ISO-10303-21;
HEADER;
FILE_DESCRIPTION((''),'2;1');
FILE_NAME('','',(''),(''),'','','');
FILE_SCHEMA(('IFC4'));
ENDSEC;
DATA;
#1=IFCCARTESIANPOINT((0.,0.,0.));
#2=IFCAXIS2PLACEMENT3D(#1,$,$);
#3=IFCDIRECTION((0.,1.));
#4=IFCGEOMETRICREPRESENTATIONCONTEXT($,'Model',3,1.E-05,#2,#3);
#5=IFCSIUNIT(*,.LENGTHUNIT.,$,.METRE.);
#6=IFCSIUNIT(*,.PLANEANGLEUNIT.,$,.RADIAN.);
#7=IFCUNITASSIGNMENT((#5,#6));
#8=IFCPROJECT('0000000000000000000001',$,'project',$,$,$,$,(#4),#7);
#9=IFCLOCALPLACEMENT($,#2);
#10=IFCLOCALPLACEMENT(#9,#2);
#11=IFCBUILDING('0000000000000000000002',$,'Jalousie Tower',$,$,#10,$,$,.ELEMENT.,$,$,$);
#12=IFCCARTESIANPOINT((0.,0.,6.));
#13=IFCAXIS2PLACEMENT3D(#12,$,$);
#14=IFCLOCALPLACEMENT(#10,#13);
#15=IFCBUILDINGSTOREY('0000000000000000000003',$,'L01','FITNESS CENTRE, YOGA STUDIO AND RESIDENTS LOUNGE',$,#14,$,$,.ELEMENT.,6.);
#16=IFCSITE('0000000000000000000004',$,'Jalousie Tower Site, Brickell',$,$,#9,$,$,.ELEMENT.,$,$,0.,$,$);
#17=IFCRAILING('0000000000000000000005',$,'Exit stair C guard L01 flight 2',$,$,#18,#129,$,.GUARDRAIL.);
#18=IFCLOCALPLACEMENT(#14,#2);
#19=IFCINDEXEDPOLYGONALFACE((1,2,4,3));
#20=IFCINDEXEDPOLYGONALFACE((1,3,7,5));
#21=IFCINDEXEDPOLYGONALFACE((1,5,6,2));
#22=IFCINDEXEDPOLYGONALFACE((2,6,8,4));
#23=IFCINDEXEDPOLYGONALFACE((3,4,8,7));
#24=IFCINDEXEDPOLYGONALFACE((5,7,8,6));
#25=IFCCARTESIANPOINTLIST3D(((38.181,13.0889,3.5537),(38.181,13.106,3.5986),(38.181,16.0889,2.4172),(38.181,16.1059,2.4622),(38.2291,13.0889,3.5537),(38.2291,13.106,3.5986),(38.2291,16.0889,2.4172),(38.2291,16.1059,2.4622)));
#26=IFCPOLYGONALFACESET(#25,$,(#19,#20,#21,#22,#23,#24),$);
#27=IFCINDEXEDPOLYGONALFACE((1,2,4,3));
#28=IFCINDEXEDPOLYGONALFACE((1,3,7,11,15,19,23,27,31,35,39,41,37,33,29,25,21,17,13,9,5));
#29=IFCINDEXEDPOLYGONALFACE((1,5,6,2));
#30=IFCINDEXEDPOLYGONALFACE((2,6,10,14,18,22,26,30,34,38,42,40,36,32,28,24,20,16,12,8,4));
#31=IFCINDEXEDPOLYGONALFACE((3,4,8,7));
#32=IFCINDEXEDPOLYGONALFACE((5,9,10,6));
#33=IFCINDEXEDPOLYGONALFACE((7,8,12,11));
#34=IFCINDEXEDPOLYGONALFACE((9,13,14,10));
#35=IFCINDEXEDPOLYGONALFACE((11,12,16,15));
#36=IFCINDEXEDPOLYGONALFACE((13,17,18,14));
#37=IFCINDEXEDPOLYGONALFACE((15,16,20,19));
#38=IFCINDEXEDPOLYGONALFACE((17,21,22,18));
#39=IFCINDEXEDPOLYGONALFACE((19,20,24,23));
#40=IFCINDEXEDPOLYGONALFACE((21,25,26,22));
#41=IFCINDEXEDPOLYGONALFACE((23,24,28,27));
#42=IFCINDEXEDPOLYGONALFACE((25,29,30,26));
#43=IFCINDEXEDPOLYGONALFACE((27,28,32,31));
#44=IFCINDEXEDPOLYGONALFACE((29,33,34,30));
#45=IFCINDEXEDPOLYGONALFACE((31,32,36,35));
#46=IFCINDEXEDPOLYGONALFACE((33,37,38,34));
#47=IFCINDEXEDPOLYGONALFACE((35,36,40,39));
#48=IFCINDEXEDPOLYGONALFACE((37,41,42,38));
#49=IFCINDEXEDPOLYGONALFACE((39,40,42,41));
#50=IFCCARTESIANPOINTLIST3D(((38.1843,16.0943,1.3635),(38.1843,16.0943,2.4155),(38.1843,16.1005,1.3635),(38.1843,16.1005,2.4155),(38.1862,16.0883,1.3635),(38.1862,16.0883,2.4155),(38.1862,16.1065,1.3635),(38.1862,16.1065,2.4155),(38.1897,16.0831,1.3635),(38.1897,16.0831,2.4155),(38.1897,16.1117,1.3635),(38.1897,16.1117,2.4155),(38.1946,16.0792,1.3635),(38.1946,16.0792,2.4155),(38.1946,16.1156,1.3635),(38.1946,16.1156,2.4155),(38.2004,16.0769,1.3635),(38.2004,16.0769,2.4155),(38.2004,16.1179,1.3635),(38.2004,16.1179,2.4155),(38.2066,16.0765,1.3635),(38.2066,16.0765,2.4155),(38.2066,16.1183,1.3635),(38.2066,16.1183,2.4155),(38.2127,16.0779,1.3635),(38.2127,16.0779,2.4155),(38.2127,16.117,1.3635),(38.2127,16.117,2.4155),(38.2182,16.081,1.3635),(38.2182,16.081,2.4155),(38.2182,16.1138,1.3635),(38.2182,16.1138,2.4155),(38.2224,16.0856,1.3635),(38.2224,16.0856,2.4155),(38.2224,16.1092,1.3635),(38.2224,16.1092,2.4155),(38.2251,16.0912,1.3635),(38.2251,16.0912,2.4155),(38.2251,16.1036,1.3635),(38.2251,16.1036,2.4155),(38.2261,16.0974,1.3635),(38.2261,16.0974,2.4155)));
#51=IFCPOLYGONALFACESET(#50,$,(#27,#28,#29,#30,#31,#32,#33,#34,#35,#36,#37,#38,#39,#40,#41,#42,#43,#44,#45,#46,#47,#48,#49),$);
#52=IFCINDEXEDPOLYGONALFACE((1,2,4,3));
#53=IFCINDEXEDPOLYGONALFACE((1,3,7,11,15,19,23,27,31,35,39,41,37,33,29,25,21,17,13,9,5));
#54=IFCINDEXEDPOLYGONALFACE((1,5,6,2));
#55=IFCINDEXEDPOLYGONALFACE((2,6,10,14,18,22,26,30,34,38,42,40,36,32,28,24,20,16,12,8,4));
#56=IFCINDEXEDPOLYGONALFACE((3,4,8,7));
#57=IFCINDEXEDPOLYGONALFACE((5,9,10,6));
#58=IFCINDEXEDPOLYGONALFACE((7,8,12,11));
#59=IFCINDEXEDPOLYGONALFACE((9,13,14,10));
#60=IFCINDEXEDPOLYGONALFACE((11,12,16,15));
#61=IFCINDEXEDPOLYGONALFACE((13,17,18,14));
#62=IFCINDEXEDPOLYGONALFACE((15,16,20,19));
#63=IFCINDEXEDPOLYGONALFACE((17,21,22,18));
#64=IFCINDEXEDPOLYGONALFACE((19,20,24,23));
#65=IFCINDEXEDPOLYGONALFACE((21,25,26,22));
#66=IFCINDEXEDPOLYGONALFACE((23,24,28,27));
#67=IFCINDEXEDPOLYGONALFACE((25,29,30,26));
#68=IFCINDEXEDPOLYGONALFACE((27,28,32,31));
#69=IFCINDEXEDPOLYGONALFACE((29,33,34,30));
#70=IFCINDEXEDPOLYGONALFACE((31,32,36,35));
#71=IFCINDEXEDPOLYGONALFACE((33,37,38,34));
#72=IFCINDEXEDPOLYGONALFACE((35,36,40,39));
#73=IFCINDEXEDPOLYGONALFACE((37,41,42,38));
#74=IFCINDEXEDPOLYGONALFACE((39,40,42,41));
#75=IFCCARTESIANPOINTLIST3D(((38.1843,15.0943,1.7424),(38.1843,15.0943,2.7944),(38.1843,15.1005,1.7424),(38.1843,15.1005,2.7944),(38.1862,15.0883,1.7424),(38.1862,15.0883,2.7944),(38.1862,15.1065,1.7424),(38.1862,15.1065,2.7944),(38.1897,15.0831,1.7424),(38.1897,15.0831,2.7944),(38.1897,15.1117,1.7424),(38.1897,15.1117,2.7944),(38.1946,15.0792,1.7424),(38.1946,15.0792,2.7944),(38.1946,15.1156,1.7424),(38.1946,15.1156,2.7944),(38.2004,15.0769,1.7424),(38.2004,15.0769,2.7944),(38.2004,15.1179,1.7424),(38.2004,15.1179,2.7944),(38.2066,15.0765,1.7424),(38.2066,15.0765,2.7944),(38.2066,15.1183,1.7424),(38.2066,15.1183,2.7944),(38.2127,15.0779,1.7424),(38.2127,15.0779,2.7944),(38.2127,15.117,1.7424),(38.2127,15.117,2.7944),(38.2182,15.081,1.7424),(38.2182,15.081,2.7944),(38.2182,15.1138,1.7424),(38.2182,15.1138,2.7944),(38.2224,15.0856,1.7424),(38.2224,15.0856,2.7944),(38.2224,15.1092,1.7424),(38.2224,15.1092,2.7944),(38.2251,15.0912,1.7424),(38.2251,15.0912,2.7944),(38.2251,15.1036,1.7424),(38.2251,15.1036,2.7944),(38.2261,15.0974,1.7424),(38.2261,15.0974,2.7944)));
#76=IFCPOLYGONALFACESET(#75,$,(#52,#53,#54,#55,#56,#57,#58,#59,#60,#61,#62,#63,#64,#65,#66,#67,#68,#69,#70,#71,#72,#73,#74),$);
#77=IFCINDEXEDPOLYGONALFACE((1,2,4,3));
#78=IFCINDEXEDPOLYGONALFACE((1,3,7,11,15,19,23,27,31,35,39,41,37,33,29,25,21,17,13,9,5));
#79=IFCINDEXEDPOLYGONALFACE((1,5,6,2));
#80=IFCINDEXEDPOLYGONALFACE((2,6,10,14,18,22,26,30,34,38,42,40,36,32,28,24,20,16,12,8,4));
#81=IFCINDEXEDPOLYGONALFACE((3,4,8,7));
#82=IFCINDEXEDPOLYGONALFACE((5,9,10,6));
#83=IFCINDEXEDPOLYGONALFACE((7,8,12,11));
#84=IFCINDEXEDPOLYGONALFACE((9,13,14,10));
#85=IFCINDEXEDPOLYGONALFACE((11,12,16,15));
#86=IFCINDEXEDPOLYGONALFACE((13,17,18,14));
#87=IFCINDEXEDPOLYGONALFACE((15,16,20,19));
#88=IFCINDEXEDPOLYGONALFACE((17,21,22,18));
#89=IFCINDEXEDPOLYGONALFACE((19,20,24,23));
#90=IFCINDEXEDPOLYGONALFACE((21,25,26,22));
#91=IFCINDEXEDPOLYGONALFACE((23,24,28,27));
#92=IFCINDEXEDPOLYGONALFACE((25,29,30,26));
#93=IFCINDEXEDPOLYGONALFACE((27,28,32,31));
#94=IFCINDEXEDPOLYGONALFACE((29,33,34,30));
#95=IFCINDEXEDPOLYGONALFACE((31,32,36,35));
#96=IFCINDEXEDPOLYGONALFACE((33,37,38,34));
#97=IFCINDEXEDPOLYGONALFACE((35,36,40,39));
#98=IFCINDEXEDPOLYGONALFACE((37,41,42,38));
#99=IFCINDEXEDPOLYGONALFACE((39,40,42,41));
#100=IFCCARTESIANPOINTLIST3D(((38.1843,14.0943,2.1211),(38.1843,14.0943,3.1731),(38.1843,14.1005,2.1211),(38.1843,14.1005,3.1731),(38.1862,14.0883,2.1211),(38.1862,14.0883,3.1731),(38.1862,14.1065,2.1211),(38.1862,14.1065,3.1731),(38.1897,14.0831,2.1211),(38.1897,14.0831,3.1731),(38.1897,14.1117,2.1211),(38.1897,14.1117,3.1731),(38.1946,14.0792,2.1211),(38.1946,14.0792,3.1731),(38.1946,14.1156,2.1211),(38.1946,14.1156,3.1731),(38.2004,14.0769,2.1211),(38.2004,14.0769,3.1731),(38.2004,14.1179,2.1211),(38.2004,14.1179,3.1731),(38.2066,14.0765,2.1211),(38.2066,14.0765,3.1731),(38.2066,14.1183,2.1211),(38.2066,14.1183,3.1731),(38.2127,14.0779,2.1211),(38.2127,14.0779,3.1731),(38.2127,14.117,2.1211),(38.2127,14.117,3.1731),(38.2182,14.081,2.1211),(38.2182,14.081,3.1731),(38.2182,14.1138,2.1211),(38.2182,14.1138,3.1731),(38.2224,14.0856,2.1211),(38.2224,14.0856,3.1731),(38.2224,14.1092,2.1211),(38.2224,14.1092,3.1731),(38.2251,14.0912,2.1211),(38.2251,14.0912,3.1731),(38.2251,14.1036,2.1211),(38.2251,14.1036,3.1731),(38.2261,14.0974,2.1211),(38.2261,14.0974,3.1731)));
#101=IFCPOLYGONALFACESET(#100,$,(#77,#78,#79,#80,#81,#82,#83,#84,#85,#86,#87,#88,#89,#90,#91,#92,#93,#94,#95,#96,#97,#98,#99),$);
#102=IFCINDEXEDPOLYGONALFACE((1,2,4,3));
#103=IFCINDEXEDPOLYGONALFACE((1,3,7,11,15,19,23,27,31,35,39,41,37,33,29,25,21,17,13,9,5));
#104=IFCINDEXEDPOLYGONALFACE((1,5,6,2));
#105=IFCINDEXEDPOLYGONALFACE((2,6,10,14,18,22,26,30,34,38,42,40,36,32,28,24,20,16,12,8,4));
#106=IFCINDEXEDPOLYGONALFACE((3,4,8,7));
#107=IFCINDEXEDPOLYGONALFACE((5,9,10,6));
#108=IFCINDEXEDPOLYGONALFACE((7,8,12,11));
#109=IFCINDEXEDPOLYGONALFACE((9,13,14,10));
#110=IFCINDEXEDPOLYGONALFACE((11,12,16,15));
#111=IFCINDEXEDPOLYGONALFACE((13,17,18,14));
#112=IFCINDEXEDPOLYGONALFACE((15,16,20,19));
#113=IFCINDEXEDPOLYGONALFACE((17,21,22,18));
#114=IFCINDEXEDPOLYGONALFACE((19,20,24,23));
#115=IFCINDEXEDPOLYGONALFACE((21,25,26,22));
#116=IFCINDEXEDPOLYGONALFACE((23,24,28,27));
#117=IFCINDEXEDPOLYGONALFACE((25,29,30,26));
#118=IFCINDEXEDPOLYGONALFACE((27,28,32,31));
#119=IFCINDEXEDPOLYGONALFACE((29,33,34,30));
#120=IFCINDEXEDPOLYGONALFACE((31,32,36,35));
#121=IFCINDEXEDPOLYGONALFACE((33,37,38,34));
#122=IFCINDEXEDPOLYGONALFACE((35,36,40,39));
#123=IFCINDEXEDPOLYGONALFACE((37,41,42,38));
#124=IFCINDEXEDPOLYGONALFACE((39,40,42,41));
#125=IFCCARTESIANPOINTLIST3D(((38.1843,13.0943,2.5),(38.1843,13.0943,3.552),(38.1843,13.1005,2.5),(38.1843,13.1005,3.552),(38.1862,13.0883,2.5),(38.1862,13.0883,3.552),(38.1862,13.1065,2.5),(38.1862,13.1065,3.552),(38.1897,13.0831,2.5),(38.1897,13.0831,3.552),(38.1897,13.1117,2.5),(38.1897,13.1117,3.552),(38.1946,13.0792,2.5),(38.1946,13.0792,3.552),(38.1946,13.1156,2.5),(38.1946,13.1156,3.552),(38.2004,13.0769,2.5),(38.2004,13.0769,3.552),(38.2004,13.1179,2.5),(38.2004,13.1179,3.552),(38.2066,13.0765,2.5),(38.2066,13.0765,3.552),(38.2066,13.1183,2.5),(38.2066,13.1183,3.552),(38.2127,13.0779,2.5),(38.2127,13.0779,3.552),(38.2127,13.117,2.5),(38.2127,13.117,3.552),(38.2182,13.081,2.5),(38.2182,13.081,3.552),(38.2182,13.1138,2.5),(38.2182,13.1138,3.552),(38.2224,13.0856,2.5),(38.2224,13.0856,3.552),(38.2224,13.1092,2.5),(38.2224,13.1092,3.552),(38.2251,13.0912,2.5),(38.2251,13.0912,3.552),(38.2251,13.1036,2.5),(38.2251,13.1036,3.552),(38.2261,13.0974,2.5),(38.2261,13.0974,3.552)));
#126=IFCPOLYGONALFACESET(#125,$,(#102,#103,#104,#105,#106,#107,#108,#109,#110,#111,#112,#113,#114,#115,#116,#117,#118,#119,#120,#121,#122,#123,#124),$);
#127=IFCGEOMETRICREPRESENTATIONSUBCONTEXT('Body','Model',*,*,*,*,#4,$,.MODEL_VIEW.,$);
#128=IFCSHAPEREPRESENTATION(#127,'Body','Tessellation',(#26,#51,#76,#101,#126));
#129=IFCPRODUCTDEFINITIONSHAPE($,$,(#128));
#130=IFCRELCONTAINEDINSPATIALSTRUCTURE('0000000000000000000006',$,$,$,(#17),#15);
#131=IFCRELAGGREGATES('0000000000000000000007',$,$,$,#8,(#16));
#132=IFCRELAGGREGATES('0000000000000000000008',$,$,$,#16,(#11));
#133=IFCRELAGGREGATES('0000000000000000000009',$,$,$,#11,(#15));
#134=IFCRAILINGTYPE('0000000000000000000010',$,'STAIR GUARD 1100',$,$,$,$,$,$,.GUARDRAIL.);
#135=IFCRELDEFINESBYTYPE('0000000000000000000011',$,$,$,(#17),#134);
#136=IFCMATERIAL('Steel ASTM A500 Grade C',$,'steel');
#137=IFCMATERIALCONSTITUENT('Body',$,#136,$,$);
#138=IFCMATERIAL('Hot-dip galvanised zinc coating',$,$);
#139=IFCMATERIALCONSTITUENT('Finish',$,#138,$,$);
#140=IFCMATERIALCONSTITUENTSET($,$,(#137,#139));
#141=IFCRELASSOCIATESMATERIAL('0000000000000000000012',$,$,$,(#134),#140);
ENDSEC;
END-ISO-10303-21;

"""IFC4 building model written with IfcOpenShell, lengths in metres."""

from ifc_helpers import new_model, si_unit, direction, frame, origin, origin_2d, place, context, subcontext, project, spatial, rectangle, circle, extrude, material, constituent, constituent_set, type_object, element, save


model = new_model("IFC4")

# Units and contexts
model_context = context("Model", 3, precision=1e-05, world=origin(), true_north=direction((0.0, 1.0)))
body_context = subcontext(model_context, "Body", "Model", "MODEL_VIEW")
ifc_project = project(units=[si_unit("LENGTHUNIT", "METRE"), si_unit("PLANEANGLEUNIT", "RADIAN")], contexts=[model_context])

# Site, building, storey
site_placement = place(None, origin())
site = spatial("IfcSite", under=ifc_project, at=site_placement, Name="Jalousie Tower Site, Brickell", CompositionType="ELEMENT", RefElevation=0.0)
building_placement = place(site_placement, origin())
building = spatial("IfcBuilding", under=site, at=building_placement, Name="Jalousie Tower", CompositionType="ELEMENT")
storey_placement = place(building_placement, frame((0.0, 0.0, 6.0)))
storey = spatial("IfcBuildingStorey", under=building, at=storey_placement, Name="L01", Description="FITNESS CENTRE, YOGA STUDIO AND RESIDENTS LOUNGE", CompositionType="ELEMENT", Elevation=6.0)

# Railing
ifc_material_1 = material(Name="Steel ASTM A500 Grade C", Category="steel")
ifc_constituent_1 = constituent(ifc_material_1, Name="Body")
ifc_material_2 = material(Name="Hot-dip galvanised zinc coating")
ifc_constituent_2 = constituent(ifc_material_2, Name="Finish")
ifc_constituent_set_1 = constituent_set(constituents=[ifc_constituent_1, ifc_constituent_2])
railing_type_1 = type_object("IfcRailingType", Name="STAIR GUARD 1100", PredefinedType="GUARDRAIL", material=ifc_constituent_set_1)
railing_1_placement = place(storey_placement, frame((38.2051, 16.0974, 1.3635)))
element("IfcRailing", 1, at=railing_1_placement, inside=storey, type_object=railing_type_1, Name="Exit stair C guard L01 flight 2", PredefinedType="GUARDRAIL", context=body_context, shape_type="SweptSolid", body=[
    extrude(rectangle(XDim=0.0481, YDim=0.0481, at=origin_2d()), frame((0.0, 0.0, 1.0762), z_axis=(0.0, -0.935148, 0.354257), x_axis=(1.0, 0.0, 0.0)), (0.0, 0.0, 1.0), 3.208),
    extrude(circle(Radius=0.021, at=origin_2d()), origin(), (0.0, 0.0, 1.0), 1.052),
    extrude(circle(Radius=0.021, at=origin_2d()), frame((0.0, -1.0, 0.3789)), (0.0, 0.0, 1.0), 1.052),
    extrude(circle(Radius=0.021, at=origin_2d()), frame((0.0, -2.0, 0.7576)), (0.0, 0.0, 1.0), 1.052),
    extrude(circle(Radius=0.021, at=origin_2d()), frame((0.0, -3.0, 1.1365)), (0.0, 0.0, 1.0), 1.052),
])

save(model, "model.ifc")
